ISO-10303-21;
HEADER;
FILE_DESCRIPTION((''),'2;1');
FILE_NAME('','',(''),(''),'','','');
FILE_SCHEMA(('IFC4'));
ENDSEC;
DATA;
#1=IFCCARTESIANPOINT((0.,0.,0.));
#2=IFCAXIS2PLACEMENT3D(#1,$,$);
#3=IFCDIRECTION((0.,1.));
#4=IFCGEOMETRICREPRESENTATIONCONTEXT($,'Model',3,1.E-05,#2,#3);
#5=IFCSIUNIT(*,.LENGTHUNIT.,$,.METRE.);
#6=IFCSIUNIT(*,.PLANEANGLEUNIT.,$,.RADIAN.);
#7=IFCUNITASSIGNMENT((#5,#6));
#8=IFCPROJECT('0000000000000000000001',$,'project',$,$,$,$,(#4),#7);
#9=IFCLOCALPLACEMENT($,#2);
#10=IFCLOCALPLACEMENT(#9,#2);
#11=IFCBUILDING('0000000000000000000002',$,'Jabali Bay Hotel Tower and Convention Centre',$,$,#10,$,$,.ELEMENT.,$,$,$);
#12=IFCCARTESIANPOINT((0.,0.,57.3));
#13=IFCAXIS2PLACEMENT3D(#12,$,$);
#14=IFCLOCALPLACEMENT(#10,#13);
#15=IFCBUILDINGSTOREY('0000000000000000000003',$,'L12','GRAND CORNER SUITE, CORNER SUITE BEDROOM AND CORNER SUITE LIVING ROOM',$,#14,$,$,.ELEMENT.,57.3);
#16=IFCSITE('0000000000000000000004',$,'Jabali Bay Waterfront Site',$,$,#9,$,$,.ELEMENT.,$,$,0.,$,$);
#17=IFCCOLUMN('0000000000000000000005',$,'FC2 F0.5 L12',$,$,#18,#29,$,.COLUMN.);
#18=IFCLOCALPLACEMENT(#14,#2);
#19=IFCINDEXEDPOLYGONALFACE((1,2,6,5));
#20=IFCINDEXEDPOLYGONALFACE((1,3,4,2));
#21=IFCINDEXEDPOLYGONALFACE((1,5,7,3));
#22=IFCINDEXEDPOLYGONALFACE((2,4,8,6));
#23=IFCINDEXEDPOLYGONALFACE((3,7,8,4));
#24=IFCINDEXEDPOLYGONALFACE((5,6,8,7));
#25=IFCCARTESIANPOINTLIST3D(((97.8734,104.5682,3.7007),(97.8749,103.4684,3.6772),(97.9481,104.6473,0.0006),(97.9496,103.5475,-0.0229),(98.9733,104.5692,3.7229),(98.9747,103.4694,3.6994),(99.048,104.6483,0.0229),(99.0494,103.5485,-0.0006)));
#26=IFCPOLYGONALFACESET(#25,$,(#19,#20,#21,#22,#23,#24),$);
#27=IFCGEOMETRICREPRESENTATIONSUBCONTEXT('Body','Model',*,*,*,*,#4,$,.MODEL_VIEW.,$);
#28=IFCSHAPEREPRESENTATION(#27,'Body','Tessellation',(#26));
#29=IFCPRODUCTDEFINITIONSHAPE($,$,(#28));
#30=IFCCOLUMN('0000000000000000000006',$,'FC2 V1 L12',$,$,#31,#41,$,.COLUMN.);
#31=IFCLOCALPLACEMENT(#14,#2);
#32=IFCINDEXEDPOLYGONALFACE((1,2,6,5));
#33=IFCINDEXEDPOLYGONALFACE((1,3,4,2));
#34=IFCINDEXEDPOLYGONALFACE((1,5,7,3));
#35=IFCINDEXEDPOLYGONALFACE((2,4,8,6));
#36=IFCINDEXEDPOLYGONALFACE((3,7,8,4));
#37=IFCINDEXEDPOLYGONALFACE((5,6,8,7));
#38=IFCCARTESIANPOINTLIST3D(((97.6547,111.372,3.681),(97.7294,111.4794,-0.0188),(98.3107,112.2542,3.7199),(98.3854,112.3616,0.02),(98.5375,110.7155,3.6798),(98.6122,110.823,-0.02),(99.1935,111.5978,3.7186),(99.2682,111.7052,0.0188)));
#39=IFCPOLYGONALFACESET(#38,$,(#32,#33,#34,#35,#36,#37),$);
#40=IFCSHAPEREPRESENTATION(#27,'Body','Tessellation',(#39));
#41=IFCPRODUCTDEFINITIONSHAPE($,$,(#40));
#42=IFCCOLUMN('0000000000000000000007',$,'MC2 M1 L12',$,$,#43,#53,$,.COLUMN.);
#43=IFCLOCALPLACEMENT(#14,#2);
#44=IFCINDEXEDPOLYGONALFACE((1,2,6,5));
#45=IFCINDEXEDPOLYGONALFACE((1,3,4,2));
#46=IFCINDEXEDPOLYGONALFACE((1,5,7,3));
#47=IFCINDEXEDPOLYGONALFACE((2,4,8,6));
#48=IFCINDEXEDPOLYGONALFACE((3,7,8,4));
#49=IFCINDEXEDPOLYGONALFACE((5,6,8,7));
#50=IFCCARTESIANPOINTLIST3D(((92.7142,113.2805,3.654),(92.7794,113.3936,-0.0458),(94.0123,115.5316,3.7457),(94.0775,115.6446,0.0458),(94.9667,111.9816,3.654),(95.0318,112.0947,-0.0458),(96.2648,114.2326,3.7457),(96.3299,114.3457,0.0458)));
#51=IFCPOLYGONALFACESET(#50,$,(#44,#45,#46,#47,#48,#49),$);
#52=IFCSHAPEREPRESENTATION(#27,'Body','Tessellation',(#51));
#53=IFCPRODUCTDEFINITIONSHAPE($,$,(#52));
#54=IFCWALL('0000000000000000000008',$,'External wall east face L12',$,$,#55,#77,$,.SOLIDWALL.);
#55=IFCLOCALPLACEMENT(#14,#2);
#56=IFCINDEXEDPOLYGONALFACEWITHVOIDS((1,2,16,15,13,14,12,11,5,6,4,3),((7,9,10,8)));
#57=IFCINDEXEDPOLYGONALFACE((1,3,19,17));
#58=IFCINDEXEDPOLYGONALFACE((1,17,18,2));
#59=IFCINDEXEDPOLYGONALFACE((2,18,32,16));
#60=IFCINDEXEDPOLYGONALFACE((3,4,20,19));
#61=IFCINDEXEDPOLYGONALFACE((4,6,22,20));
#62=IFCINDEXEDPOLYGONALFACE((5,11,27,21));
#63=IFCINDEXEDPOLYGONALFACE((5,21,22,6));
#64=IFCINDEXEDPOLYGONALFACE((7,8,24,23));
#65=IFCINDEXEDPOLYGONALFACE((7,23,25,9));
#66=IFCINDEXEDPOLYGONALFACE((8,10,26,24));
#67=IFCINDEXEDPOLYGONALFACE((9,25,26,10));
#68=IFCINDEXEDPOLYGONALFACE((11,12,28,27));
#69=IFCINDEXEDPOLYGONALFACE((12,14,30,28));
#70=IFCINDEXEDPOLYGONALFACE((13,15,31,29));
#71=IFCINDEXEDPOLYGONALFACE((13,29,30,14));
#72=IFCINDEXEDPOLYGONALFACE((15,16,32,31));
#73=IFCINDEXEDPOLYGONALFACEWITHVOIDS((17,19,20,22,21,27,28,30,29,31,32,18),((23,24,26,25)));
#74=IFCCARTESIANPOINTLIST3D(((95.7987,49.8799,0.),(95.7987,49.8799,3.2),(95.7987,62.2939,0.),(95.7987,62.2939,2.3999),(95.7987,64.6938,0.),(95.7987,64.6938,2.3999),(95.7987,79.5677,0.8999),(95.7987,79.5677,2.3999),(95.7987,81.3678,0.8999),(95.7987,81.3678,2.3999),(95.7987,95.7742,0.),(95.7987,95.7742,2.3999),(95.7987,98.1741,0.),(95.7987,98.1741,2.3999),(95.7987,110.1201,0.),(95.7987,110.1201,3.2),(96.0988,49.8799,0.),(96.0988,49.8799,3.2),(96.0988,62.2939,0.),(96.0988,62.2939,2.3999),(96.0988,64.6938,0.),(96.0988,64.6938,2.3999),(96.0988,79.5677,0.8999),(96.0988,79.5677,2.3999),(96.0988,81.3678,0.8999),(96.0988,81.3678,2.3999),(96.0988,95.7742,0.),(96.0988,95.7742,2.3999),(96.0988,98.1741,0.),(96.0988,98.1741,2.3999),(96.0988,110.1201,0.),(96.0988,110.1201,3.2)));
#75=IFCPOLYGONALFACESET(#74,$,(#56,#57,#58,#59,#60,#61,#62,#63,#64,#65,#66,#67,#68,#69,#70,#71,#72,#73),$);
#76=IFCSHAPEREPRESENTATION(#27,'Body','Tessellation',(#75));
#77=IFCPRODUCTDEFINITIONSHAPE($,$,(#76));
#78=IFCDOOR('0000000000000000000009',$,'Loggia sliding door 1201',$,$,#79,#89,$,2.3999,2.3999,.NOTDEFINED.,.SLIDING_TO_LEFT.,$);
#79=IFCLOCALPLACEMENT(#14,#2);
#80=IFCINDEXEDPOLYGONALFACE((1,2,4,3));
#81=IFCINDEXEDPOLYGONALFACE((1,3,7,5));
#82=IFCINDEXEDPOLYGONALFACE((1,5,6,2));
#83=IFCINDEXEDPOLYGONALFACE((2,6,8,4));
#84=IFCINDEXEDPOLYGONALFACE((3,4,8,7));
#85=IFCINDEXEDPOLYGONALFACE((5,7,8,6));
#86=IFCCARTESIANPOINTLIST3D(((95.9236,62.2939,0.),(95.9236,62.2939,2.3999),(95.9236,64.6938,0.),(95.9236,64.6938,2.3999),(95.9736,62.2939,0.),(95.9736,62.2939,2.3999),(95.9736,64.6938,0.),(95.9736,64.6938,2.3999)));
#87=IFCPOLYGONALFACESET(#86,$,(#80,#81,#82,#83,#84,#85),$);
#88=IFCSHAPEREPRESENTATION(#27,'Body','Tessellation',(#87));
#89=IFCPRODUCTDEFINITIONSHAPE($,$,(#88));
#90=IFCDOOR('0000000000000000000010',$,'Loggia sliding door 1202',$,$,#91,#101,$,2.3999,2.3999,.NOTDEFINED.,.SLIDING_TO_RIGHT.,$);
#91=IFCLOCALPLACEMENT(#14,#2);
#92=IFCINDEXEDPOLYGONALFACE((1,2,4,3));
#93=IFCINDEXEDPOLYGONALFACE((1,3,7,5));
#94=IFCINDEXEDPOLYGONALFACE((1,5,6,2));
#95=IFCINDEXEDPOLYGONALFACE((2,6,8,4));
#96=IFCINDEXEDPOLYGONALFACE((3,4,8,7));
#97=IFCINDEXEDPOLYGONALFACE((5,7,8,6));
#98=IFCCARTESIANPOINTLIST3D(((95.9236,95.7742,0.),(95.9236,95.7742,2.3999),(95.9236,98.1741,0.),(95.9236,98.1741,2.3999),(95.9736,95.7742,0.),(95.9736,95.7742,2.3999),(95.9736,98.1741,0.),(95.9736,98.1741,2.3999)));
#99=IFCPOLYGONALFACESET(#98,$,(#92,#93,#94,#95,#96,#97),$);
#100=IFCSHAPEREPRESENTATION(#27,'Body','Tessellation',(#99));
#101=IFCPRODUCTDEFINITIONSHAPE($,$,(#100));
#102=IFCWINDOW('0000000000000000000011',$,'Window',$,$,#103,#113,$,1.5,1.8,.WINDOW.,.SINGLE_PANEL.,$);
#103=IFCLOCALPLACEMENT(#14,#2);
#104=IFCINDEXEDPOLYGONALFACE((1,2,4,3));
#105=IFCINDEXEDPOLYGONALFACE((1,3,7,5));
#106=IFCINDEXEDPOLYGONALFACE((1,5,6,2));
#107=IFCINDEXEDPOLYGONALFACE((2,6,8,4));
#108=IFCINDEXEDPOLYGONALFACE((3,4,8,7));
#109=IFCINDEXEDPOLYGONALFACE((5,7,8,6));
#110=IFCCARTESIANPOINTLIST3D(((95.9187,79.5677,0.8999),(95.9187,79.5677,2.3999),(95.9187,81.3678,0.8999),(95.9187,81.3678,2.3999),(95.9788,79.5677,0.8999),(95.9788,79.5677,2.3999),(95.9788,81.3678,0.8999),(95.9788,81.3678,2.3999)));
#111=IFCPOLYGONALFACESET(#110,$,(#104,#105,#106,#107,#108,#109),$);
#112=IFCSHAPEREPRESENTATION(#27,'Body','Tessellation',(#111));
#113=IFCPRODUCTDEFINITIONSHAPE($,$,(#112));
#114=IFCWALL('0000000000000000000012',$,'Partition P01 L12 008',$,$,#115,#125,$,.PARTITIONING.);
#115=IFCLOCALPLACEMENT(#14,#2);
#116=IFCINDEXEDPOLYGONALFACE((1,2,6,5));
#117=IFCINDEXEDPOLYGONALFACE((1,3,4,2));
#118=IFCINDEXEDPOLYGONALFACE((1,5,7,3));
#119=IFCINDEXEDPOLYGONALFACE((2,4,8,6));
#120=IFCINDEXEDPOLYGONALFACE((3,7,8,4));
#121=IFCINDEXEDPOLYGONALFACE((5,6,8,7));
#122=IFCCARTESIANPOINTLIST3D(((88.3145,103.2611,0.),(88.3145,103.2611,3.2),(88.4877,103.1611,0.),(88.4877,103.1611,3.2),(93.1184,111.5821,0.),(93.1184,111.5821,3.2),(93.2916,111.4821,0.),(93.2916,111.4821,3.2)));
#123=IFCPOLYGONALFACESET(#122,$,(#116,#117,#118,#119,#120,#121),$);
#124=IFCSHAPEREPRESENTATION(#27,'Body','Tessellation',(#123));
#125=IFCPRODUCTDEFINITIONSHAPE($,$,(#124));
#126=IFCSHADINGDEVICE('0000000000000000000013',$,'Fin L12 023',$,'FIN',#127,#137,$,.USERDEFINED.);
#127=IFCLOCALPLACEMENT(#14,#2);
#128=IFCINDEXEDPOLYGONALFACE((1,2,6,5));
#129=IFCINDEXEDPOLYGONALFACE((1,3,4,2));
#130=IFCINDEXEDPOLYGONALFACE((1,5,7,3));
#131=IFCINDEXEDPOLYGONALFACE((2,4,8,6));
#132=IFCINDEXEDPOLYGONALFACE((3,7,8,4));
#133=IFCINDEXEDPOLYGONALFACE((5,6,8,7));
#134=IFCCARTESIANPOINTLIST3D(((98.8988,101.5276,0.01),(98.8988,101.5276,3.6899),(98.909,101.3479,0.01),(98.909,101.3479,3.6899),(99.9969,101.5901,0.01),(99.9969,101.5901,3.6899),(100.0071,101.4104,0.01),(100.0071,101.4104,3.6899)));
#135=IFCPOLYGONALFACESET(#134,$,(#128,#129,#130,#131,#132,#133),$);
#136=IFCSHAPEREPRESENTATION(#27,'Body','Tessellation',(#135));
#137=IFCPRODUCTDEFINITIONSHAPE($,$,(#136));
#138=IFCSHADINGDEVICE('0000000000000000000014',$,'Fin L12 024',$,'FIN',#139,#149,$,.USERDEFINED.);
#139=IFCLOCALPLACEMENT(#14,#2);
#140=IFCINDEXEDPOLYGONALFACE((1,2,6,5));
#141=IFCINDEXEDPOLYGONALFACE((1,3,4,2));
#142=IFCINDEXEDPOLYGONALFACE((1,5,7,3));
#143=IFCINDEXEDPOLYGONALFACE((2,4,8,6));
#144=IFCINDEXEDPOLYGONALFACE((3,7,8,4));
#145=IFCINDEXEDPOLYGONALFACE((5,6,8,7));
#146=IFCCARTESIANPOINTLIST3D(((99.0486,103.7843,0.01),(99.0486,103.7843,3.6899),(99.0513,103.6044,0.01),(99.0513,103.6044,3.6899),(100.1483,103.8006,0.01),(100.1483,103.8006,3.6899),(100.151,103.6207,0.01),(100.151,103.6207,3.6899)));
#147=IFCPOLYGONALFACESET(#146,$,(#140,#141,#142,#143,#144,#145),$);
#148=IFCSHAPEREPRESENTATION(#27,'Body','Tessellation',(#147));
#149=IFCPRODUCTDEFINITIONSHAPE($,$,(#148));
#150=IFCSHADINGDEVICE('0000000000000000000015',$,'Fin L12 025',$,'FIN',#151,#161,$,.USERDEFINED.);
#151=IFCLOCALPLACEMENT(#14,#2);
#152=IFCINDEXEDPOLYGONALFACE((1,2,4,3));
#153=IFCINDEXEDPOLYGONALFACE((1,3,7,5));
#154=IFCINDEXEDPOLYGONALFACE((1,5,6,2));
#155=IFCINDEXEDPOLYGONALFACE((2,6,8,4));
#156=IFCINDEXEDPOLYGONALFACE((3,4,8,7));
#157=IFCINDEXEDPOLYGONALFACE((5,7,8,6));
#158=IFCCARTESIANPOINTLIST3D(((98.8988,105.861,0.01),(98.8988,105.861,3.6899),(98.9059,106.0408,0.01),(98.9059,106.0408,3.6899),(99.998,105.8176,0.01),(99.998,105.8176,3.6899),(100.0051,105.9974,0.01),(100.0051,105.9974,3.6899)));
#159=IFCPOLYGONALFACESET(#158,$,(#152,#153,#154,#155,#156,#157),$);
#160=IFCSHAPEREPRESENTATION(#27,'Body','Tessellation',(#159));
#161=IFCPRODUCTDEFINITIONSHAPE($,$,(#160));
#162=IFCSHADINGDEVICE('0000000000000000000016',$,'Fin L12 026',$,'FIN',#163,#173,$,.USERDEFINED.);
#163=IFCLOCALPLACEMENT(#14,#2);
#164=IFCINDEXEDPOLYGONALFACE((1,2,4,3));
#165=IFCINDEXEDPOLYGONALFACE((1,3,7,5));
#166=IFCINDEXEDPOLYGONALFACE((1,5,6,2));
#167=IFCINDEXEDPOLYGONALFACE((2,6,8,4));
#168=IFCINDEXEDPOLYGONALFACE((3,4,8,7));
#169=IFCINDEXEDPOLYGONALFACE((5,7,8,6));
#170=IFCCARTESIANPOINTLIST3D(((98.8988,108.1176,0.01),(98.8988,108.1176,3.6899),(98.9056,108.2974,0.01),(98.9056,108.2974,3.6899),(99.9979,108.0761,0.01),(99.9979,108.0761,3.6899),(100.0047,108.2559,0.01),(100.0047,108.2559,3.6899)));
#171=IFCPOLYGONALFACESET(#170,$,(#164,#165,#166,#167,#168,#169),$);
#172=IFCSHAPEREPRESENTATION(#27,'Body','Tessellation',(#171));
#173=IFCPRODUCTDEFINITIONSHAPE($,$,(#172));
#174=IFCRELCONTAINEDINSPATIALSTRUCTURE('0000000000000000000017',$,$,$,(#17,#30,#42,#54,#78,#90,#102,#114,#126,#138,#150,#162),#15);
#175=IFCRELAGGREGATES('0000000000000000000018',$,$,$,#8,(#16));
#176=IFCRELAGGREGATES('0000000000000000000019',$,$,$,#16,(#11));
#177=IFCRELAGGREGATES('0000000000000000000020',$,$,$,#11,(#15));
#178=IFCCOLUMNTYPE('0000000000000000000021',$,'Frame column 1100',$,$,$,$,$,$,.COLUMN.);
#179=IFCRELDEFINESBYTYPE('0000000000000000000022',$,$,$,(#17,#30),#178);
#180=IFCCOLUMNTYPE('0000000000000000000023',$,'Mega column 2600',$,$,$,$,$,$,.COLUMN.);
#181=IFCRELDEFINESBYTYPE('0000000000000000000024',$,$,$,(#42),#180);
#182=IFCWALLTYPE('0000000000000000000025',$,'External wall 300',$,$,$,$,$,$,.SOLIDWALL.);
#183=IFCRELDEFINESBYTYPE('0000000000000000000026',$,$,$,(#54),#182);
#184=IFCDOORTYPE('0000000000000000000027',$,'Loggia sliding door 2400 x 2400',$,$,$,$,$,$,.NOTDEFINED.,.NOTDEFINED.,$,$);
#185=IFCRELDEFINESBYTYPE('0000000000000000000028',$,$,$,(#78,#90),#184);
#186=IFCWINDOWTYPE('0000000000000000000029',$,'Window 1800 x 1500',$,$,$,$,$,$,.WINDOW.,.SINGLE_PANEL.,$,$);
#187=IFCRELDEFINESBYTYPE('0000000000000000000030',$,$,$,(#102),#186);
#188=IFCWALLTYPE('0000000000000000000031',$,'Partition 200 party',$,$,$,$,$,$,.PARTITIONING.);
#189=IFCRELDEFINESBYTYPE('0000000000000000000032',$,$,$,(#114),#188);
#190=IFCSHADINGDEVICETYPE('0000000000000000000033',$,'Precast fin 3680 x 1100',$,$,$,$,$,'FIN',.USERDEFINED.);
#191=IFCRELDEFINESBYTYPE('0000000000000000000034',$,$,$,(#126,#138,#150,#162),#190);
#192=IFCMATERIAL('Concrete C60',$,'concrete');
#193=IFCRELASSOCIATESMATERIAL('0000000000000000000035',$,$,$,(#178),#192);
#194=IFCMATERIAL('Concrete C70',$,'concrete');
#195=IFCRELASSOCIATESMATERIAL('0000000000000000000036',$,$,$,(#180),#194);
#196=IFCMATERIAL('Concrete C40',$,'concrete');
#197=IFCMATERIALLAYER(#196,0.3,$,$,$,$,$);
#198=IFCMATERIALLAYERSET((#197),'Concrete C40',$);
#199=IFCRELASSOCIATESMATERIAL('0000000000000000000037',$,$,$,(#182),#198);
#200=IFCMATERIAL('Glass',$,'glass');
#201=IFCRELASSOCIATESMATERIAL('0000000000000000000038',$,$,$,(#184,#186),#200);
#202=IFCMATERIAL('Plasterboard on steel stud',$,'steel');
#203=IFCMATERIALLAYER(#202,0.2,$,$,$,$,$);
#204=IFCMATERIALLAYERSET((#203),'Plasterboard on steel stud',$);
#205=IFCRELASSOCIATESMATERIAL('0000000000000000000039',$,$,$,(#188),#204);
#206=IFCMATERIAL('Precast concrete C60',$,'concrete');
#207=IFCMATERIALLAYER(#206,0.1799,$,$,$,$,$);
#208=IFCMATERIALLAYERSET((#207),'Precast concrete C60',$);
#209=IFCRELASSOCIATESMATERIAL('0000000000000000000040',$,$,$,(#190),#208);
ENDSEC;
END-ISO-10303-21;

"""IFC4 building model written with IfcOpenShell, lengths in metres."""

from ifc_helpers import new_model, si_unit, direction, frame, frame_2d, origin, origin_2d, place, context, subcontext, project, spatial, rectangle, extrude, material, layer, layer_set, material_profile, profile_set, type_object, element, fill, save


model = new_model("IFC4")

# Units and contexts
model_context = context("Model", 3, precision=1e-05, world=origin(), true_north=direction((0.0, 1.0)))
body_context = subcontext(model_context, "Body", "Model", "MODEL_VIEW")
ifc_project = project(units=[si_unit("LENGTHUNIT", "METRE"), si_unit("PLANEANGLEUNIT", "RADIAN")], contexts=[model_context])

# Site, building, storey
site_placement = place(None, origin())
site = spatial("IfcSite", under=ifc_project, at=site_placement, Name="Jabali Bay Waterfront Site", CompositionType="ELEMENT", RefElevation=0.0)
building_placement = place(site_placement, origin())
building = spatial("IfcBuilding", under=site, at=building_placement, Name="Jabali Bay Hotel Tower and Convention Centre", CompositionType="ELEMENT")
storey_placement = place(building_placement, frame((0.0, 0.0, 57.3)))
storey = spatial("IfcBuildingStorey", under=building, at=storey_placement, Name="L12", Description="GRAND CORNER SUITE, CORNER SUITE BEDROOM AND CORNER SUITE LIVING ROOM", CompositionType="ELEMENT", Elevation=57.3)

# Columns
ifc_material_1 = material(Name="Concrete C60", Category="concrete")
ifc_material_profile_1 = material_profile(ifc_material_1, rectangle(XDim=1.1001, YDim=1.1001, at=origin_2d()), Name="Frame column 1100")
ifc_profile_set_1 = profile_set([ifc_material_profile_1], Name="Concrete C60")
column_type_1 = type_object("IfcColumnType", Name="Frame column 1100", PredefinedType="COLUMN", material=ifc_profile_set_1)
column_1_placement = place(storey_placement, frame((98.4988, 104.0979, 0.0), z_axis=(-0.020183, -0.02137, 0.999568), x_axis=(0.999795, 0.000884, 0.020206)))
element("IfcColumn", 1, at=column_1_placement, inside=storey, type_object=column_type_1, Name="FC2 F0.5 L12", PredefinedType="COLUMN", context=body_context, shape_type="SweptSolid", body=[
    extrude(rectangle(XDim=1.1001, YDim=1.1001, at=origin_2d()), origin(), (0.0, 0.0, 1.0), 3.7017),
])
column_2_placement = place(storey_placement, frame((98.4988, 111.5923, 0.0), z_axis=(-0.020179, -0.029015, 0.999375), x_axis=(0.596336, 0.801958, 0.035324)))
element("IfcColumn", 2, at=column_2_placement, inside=storey, type_object=column_type_1, Name="FC2 V1 L12", PredefinedType="COLUMN", context=body_context, shape_type="SweptSolid", body=[
    extrude(rectangle(XDim=1.1001, YDim=1.1001, at=origin_2d()), origin(), (0.0, 0.0, 1.0), 3.7021),
])
ifc_material_2 = material(Name="Concrete C70", Category="concrete")
ifc_material_profile_2 = material_profile(ifc_material_2, rectangle(XDim=2.6001, YDim=2.6001, at=origin_2d()), Name="Mega column 2600")
ifc_profile_set_2 = profile_set([ifc_material_profile_2], Name="Concrete C70")
column_type_2 = type_object("IfcColumnType", Name="Mega column 2600", PredefinedType="COLUMN", material=ifc_profile_set_2)
column_3_placement = place(storey_placement, frame((94.5547, 113.8696, 0.0), z_axis=(-0.017607, -0.030532, 0.999379), x_axis=(0.866279, -0.49956, 0.0)))
element("IfcColumn", 3, at=column_3_placement, inside=storey, type_object=column_type_2, Name="MC2 M1 L12", PredefinedType="COLUMN", context=body_context, shape_type="SweptSolid", body=[
    extrude(rectangle(XDim=2.6001, YDim=2.6001, at=origin_2d()), origin(), (0.0, 0.0, 1.0), 3.7021),
])

# Wall, openings, doors, window
ifc_material_3 = material(Name="Concrete C40", Category="concrete")
ifc_layer_1 = layer(ifc_material_3, 0.3)
ifc_layer_set_1 = layer_set([ifc_layer_1], Name="Concrete C40")
wall_type_1 = type_object("IfcWallType", Name="External wall 300", PredefinedType="SOLIDWALL", material=ifc_layer_set_1)
wall_1_placement = place(storey_placement, frame((95.9487, 110.1201, 0.0), z_axis=(0.0, 0.0, 1.0), x_axis=(0.0, -1.0, 0.0)))
wall_1 = element("IfcWall", 4, at=wall_1_placement, inside=storey, type_object=wall_type_1, Name="External wall east face L12", PredefinedType="SOLIDWALL", context=body_context, shape_type="SweptSolid", body=[
    extrude(rectangle(XDim=60.2402, YDim=0.3, at=frame_2d((30.1201, 0.0))), origin(), (0.0, 0.0, 1.0), 3.2),
])
opening_1_placement = place(wall_1_placement, frame((45.4263, 0.0, 0.0)))
opening_1 = element("IfcOpeningElement", 5, at=opening_1_placement, cuts=wall_1, PredefinedType="OPENING", context=body_context, shape_type="SweptSolid", body=[
    extrude(rectangle(XDim=2.3999, YDim=2.3999, at=frame_2d((1.2, 1.2))), frame((0.0, 0.1606, 0.0), z_axis=(0.0, -1.0, 0.0), x_axis=(1.0, 0.0, 0.0)), (0.0, 0.0, 1.0), 0.321),
])
opening_2_placement = place(wall_1_placement, frame((11.946, 0.0, 0.0)))
opening_2 = element("IfcOpeningElement", 6, at=opening_2_placement, cuts=wall_1, PredefinedType="OPENING", context=body_context, shape_type="SweptSolid", body=[
    extrude(rectangle(XDim=2.3999, YDim=2.3999, at=frame_2d((1.2, 1.2))), frame((0.0, 0.1606, 0.0), z_axis=(0.0, -1.0, 0.0), x_axis=(1.0, 0.0, 0.0)), (0.0, 0.0, 1.0), 0.321),
])
opening_3_placement = place(wall_1_placement, frame((28.7524, 0.0, 0.8999)))
opening_3 = element("IfcOpeningElement", 7, at=opening_3_placement, cuts=wall_1, PredefinedType="OPENING", context=body_context, shape_type="SweptSolid", body=[
    extrude(rectangle(XDim=1.8, YDim=1.5, at=frame_2d((0.8999, 0.75))), frame((0.0, 0.1606, 0.0), z_axis=(0.0, -1.0, 0.0), x_axis=(1.0, 0.0, 0.0)), (0.0, 0.0, 1.0), 0.321),
])
ifc_material_4 = material(Name="Glass", Category="glass")
door_type = type_object("IfcDoorType", Name="Loggia sliding door 2400 x 2400", OperationType="NOTDEFINED", PredefinedType="NOTDEFINED", material=ifc_material_4)
door_1_placement = place(opening_1_placement, origin())
door_1 = element("IfcDoor", 8, at=door_1_placement, inside=storey, type_object=door_type, Name="Loggia sliding door 1201", OperationType="SLIDING_TO_LEFT", OverallHeight=2.3999, OverallWidth=2.3999, PredefinedType="NOTDEFINED", context=body_context, shape_type="SweptSolid", body=[
    extrude(rectangle(XDim=2.3999, YDim=2.3999, at=frame_2d((1.2, 1.2))), frame((0.0, 0.0249, 0.0), z_axis=(0.0, -1.0, 0.0), x_axis=(1.0, 0.0, 0.0)), (0.0, 0.0, 1.0), 0.05),
])
fill(opening_1, door_1)
door_2_placement = place(opening_2_placement, origin())
door_2 = element("IfcDoor", 9, at=door_2_placement, inside=storey, type_object=door_type, Name="Loggia sliding door 1202", OperationType="SLIDING_TO_RIGHT", OverallHeight=2.3999, OverallWidth=2.3999, PredefinedType="NOTDEFINED", context=body_context, shape_type="SweptSolid", body=[
    extrude(rectangle(XDim=2.3999, YDim=2.3999, at=frame_2d((1.2, 1.2))), frame((0.0, 0.0249, 0.0), z_axis=(0.0, -1.0, 0.0), x_axis=(1.0, 0.0, 0.0)), (0.0, 0.0, 1.0), 0.05),
])
fill(opening_2, door_2)
window_type = type_object("IfcWindowType", Name="Window 1800 x 1500", PartitioningType="SINGLE_PANEL", PredefinedType="WINDOW", material=ifc_material_4)
window_placement = place(opening_3_placement, origin())
window = element("IfcWindow", 10, at=window_placement, inside=storey, type_object=window_type, Name="Window", OverallHeight=1.5, OverallWidth=1.8, PartitioningType="SINGLE_PANEL", PredefinedType="WINDOW", context=body_context, shape_type="SweptSolid", body=[
    extrude(rectangle(XDim=1.8, YDim=1.5, at=frame_2d((0.8999, 0.75))), frame((0.0, 0.03, 0.0), z_axis=(0.0, -1.0, 0.0), x_axis=(1.0, 0.0, 0.0)), (0.0, 0.0, 1.0), 0.0601),
])
fill(opening_3, window)

# Wall
ifc_material_5 = material(Name="Plasterboard on steel stud", Category="steel")
ifc_layer_2 = layer(ifc_material_5, 0.2)
ifc_layer_set_2 = layer_set([ifc_layer_2], Name="Plasterboard on steel stud")
wall_type_2 = type_object("IfcWallType", Name="Partition 200 party", PredefinedType="PARTITIONING", material=ifc_layer_set_2)
wall_2_placement = place(storey_placement, frame((93.2051, 111.5322, 0.0), z_axis=(0.0, 0.0, 1.0), x_axis=(-0.499984, -0.866035, 0.0)))
element("IfcWall", 11, at=wall_2_placement, inside=storey, type_object=wall_type_2, Name="Partition P01 L12 008", PredefinedType="PARTITIONING", context=body_context, shape_type="SweptSolid", body=[
    extrude(rectangle(XDim=9.6082, YDim=0.2, at=frame_2d((4.8042, 0.0))), origin(), (0.0, 0.0, 1.0), 3.2),
])

# Shading devices
ifc_material_6 = material(Name="Precast concrete C60", Category="concrete")
ifc_layer_3 = layer(ifc_material_6, 0.1799)
ifc_layer_set_3 = layer_set([ifc_layer_3], Name="Precast concrete C60")
shading_device_type_1 = type_object("IfcShadingDeviceType", Name="Precast fin 3680 x 1100", ElementType="FIN", PredefinedType="USERDEFINED", material=ifc_layer_set_3)
for number, where, z_axis, x_axis, name in (
    (12, (98.9041, 101.4377, 0.01), (0.0, 0.0, 1.0), (0.998384, 0.056822, 0.0), "Fin L12 023"),
    (13, (99.05, 103.6943, 0.01), (0.0, 0.0, 1.0), (0.999889, 0.014871, 0.0), "Fin L12 024"),
):
    element("IfcShadingDevice", number, at=place(storey_placement, frame(where, z_axis=z_axis, x_axis=x_axis)), inside=storey, type_object=shading_device_type_1, Name=name, ObjectType="FIN", PredefinedType="USERDEFINED", context=body_context, shape_type="SweptSolid", body=[
        extrude(rectangle(XDim=1.0999, YDim=0.1799, at=frame_2d((0.5498, 0.0))), origin(), (0.0, 0.0, 1.0), 3.6799),
    ])
shading_device_1_placement = place(storey_placement, frame((98.9023, 105.9509, 0.01), z_axis=(0.0, 0.0, 1.0), x_axis=(0.999219, -0.039507, 0.0)))
element("IfcShadingDevice", 14, at=shading_device_1_placement, inside=storey, type_object=shading_device_type_1, Name="Fin L12 025", ObjectType="FIN", PredefinedType="USERDEFINED", context=body_context, shape_type="SweptSolid", body=[
    extrude(rectangle(XDim=1.1001, YDim=0.1799, at=frame_2d((0.55, 0.0))), origin(), (0.0, 0.0, 1.0), 3.6799),
])
shading_device_2_placement = place(storey_placement, frame((98.9023, 108.2075, 0.01), z_axis=(0.0, 0.0, 1.0), x_axis=(0.999288, -0.037734, 0.0)))
element("IfcShadingDevice", 15, at=shading_device_2_placement, inside=storey, type_object=shading_device_type_1, Name="Fin L12 026", ObjectType="FIN", PredefinedType="USERDEFINED", context=body_context, shape_type="SweptSolid", body=[
    extrude(rectangle(XDim=1.0999, YDim=0.1799, at=frame_2d((0.5498, 0.0))), origin(), (0.0, 0.0, 1.0), 3.6799),
])

save(model, "model.ifc")
